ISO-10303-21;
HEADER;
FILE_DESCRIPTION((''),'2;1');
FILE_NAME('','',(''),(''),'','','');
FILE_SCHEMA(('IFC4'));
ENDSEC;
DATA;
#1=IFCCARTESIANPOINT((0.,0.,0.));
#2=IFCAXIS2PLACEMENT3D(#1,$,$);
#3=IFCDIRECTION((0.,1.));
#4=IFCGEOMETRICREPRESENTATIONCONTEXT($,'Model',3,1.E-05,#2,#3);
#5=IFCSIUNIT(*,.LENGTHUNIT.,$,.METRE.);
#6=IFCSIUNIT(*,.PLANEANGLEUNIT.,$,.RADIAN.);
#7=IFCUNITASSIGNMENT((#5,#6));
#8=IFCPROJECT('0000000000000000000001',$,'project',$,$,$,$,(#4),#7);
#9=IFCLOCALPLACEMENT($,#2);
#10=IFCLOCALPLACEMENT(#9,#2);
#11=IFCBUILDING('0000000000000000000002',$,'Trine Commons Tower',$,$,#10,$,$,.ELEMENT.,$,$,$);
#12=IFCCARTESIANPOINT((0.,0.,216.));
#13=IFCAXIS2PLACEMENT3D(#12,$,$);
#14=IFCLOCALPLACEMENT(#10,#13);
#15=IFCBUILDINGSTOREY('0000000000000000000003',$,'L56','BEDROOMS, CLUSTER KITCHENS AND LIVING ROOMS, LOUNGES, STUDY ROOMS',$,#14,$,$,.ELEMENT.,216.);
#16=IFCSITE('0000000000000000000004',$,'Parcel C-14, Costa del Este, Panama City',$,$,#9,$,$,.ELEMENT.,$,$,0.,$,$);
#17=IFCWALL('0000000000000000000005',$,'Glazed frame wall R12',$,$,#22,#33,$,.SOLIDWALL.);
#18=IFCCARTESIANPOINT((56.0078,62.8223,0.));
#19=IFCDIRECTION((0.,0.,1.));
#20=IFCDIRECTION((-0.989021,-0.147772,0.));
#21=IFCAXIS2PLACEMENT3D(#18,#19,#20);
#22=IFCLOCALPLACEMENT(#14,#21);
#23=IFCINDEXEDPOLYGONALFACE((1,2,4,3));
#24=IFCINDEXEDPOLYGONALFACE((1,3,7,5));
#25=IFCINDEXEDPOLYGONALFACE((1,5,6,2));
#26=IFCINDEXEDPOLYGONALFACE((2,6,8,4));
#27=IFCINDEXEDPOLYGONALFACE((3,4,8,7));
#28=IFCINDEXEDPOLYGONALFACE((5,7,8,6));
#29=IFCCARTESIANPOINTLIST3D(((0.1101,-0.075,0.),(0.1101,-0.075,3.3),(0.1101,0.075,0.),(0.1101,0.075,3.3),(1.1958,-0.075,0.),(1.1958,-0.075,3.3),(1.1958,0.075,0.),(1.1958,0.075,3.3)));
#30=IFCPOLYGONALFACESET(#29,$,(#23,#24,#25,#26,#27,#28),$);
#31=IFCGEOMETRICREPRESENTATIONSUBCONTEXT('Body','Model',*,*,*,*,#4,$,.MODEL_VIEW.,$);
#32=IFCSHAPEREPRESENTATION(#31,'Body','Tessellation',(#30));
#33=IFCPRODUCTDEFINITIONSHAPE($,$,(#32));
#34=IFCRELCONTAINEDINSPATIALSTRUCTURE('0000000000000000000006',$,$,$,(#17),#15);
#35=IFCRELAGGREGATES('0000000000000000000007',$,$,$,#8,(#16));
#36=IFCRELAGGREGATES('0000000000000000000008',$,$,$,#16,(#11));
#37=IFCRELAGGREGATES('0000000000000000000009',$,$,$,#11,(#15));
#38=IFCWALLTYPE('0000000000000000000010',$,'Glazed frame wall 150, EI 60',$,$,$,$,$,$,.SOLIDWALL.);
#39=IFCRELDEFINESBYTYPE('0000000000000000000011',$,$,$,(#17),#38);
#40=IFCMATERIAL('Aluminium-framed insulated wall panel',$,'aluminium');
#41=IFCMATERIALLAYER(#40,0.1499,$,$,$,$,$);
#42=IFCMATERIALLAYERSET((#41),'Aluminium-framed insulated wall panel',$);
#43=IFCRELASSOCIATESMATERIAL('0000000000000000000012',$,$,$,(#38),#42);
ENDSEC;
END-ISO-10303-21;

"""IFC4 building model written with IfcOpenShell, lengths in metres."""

from ifc_helpers import new_model, si_unit, direction, frame, origin, place, context, subcontext, project, spatial, polyline, outline, extrude, material, layer, layer_set, type_object, element, save


model = new_model("IFC4")

# Units and contexts
model_context = context("Model", 3, precision=1e-05, world=origin(), true_north=direction((0.0, 1.0)))
body_context = subcontext(model_context, "Body", "Model", "MODEL_VIEW")
ifc_project = project(units=[si_unit("LENGTHUNIT", "METRE"), si_unit("PLANEANGLEUNIT", "RADIAN")], contexts=[model_context])

# Site, building, storey
site_placement = place(None, origin())
site = spatial("IfcSite", under=ifc_project, at=site_placement, Name="Parcel C-14, Costa del Este, Panama City", CompositionType="ELEMENT", RefElevation=0.0)
building_placement = place(site_placement, origin())
building = spatial("IfcBuilding", under=site, at=building_placement, Name="Trine Commons Tower", CompositionType="ELEMENT")
storey_placement = place(building_placement, frame((0.0, 0.0, 216.0)))
storey = spatial("IfcBuildingStorey", under=building, at=storey_placement, Name="L56", Description="BEDROOMS, CLUSTER KITCHENS AND LIVING ROOMS, LOUNGES, STUDY ROOMS", CompositionType="ELEMENT", Elevation=216.0)

# Shared definitions
ifc_material_1 = material(Name="Aluminium-framed insulated wall panel", Category="aluminium")
ifc_layer_1 = layer(ifc_material_1, 0.1499)
ifc_layer_set_1 = layer_set([ifc_layer_1], Name="Aluminium-framed insulated wall panel")
wall_type_1 = type_object("IfcWallType", Name="Glazed frame wall 150, EI 60", PredefinedType="SOLIDWALL", material=ifc_layer_set_1)

# Wall
wall_1_placement = place(storey_placement, frame((56.0078, 62.8223, 0.0), z_axis=(0.0, 0.0, 1.0), x_axis=(-0.989021, -0.147772, 0.0)))
element("IfcWall", 1, at=wall_1_placement, inside=storey, type_object=wall_type_1, Name="Glazed frame wall R12", PredefinedType="SOLIDWALL", context=body_context, shape_type="SweptSolid", body=[
    extrude(outline(polyline([(0.1101, 0.075), (0.1101, -0.075), (1.1958, -0.075), (1.1958, 0.075), (0.1101, 0.075)])), origin(), (0.0, 0.0, 1.0), 3.3),
])

save(model, "model.ifc")
